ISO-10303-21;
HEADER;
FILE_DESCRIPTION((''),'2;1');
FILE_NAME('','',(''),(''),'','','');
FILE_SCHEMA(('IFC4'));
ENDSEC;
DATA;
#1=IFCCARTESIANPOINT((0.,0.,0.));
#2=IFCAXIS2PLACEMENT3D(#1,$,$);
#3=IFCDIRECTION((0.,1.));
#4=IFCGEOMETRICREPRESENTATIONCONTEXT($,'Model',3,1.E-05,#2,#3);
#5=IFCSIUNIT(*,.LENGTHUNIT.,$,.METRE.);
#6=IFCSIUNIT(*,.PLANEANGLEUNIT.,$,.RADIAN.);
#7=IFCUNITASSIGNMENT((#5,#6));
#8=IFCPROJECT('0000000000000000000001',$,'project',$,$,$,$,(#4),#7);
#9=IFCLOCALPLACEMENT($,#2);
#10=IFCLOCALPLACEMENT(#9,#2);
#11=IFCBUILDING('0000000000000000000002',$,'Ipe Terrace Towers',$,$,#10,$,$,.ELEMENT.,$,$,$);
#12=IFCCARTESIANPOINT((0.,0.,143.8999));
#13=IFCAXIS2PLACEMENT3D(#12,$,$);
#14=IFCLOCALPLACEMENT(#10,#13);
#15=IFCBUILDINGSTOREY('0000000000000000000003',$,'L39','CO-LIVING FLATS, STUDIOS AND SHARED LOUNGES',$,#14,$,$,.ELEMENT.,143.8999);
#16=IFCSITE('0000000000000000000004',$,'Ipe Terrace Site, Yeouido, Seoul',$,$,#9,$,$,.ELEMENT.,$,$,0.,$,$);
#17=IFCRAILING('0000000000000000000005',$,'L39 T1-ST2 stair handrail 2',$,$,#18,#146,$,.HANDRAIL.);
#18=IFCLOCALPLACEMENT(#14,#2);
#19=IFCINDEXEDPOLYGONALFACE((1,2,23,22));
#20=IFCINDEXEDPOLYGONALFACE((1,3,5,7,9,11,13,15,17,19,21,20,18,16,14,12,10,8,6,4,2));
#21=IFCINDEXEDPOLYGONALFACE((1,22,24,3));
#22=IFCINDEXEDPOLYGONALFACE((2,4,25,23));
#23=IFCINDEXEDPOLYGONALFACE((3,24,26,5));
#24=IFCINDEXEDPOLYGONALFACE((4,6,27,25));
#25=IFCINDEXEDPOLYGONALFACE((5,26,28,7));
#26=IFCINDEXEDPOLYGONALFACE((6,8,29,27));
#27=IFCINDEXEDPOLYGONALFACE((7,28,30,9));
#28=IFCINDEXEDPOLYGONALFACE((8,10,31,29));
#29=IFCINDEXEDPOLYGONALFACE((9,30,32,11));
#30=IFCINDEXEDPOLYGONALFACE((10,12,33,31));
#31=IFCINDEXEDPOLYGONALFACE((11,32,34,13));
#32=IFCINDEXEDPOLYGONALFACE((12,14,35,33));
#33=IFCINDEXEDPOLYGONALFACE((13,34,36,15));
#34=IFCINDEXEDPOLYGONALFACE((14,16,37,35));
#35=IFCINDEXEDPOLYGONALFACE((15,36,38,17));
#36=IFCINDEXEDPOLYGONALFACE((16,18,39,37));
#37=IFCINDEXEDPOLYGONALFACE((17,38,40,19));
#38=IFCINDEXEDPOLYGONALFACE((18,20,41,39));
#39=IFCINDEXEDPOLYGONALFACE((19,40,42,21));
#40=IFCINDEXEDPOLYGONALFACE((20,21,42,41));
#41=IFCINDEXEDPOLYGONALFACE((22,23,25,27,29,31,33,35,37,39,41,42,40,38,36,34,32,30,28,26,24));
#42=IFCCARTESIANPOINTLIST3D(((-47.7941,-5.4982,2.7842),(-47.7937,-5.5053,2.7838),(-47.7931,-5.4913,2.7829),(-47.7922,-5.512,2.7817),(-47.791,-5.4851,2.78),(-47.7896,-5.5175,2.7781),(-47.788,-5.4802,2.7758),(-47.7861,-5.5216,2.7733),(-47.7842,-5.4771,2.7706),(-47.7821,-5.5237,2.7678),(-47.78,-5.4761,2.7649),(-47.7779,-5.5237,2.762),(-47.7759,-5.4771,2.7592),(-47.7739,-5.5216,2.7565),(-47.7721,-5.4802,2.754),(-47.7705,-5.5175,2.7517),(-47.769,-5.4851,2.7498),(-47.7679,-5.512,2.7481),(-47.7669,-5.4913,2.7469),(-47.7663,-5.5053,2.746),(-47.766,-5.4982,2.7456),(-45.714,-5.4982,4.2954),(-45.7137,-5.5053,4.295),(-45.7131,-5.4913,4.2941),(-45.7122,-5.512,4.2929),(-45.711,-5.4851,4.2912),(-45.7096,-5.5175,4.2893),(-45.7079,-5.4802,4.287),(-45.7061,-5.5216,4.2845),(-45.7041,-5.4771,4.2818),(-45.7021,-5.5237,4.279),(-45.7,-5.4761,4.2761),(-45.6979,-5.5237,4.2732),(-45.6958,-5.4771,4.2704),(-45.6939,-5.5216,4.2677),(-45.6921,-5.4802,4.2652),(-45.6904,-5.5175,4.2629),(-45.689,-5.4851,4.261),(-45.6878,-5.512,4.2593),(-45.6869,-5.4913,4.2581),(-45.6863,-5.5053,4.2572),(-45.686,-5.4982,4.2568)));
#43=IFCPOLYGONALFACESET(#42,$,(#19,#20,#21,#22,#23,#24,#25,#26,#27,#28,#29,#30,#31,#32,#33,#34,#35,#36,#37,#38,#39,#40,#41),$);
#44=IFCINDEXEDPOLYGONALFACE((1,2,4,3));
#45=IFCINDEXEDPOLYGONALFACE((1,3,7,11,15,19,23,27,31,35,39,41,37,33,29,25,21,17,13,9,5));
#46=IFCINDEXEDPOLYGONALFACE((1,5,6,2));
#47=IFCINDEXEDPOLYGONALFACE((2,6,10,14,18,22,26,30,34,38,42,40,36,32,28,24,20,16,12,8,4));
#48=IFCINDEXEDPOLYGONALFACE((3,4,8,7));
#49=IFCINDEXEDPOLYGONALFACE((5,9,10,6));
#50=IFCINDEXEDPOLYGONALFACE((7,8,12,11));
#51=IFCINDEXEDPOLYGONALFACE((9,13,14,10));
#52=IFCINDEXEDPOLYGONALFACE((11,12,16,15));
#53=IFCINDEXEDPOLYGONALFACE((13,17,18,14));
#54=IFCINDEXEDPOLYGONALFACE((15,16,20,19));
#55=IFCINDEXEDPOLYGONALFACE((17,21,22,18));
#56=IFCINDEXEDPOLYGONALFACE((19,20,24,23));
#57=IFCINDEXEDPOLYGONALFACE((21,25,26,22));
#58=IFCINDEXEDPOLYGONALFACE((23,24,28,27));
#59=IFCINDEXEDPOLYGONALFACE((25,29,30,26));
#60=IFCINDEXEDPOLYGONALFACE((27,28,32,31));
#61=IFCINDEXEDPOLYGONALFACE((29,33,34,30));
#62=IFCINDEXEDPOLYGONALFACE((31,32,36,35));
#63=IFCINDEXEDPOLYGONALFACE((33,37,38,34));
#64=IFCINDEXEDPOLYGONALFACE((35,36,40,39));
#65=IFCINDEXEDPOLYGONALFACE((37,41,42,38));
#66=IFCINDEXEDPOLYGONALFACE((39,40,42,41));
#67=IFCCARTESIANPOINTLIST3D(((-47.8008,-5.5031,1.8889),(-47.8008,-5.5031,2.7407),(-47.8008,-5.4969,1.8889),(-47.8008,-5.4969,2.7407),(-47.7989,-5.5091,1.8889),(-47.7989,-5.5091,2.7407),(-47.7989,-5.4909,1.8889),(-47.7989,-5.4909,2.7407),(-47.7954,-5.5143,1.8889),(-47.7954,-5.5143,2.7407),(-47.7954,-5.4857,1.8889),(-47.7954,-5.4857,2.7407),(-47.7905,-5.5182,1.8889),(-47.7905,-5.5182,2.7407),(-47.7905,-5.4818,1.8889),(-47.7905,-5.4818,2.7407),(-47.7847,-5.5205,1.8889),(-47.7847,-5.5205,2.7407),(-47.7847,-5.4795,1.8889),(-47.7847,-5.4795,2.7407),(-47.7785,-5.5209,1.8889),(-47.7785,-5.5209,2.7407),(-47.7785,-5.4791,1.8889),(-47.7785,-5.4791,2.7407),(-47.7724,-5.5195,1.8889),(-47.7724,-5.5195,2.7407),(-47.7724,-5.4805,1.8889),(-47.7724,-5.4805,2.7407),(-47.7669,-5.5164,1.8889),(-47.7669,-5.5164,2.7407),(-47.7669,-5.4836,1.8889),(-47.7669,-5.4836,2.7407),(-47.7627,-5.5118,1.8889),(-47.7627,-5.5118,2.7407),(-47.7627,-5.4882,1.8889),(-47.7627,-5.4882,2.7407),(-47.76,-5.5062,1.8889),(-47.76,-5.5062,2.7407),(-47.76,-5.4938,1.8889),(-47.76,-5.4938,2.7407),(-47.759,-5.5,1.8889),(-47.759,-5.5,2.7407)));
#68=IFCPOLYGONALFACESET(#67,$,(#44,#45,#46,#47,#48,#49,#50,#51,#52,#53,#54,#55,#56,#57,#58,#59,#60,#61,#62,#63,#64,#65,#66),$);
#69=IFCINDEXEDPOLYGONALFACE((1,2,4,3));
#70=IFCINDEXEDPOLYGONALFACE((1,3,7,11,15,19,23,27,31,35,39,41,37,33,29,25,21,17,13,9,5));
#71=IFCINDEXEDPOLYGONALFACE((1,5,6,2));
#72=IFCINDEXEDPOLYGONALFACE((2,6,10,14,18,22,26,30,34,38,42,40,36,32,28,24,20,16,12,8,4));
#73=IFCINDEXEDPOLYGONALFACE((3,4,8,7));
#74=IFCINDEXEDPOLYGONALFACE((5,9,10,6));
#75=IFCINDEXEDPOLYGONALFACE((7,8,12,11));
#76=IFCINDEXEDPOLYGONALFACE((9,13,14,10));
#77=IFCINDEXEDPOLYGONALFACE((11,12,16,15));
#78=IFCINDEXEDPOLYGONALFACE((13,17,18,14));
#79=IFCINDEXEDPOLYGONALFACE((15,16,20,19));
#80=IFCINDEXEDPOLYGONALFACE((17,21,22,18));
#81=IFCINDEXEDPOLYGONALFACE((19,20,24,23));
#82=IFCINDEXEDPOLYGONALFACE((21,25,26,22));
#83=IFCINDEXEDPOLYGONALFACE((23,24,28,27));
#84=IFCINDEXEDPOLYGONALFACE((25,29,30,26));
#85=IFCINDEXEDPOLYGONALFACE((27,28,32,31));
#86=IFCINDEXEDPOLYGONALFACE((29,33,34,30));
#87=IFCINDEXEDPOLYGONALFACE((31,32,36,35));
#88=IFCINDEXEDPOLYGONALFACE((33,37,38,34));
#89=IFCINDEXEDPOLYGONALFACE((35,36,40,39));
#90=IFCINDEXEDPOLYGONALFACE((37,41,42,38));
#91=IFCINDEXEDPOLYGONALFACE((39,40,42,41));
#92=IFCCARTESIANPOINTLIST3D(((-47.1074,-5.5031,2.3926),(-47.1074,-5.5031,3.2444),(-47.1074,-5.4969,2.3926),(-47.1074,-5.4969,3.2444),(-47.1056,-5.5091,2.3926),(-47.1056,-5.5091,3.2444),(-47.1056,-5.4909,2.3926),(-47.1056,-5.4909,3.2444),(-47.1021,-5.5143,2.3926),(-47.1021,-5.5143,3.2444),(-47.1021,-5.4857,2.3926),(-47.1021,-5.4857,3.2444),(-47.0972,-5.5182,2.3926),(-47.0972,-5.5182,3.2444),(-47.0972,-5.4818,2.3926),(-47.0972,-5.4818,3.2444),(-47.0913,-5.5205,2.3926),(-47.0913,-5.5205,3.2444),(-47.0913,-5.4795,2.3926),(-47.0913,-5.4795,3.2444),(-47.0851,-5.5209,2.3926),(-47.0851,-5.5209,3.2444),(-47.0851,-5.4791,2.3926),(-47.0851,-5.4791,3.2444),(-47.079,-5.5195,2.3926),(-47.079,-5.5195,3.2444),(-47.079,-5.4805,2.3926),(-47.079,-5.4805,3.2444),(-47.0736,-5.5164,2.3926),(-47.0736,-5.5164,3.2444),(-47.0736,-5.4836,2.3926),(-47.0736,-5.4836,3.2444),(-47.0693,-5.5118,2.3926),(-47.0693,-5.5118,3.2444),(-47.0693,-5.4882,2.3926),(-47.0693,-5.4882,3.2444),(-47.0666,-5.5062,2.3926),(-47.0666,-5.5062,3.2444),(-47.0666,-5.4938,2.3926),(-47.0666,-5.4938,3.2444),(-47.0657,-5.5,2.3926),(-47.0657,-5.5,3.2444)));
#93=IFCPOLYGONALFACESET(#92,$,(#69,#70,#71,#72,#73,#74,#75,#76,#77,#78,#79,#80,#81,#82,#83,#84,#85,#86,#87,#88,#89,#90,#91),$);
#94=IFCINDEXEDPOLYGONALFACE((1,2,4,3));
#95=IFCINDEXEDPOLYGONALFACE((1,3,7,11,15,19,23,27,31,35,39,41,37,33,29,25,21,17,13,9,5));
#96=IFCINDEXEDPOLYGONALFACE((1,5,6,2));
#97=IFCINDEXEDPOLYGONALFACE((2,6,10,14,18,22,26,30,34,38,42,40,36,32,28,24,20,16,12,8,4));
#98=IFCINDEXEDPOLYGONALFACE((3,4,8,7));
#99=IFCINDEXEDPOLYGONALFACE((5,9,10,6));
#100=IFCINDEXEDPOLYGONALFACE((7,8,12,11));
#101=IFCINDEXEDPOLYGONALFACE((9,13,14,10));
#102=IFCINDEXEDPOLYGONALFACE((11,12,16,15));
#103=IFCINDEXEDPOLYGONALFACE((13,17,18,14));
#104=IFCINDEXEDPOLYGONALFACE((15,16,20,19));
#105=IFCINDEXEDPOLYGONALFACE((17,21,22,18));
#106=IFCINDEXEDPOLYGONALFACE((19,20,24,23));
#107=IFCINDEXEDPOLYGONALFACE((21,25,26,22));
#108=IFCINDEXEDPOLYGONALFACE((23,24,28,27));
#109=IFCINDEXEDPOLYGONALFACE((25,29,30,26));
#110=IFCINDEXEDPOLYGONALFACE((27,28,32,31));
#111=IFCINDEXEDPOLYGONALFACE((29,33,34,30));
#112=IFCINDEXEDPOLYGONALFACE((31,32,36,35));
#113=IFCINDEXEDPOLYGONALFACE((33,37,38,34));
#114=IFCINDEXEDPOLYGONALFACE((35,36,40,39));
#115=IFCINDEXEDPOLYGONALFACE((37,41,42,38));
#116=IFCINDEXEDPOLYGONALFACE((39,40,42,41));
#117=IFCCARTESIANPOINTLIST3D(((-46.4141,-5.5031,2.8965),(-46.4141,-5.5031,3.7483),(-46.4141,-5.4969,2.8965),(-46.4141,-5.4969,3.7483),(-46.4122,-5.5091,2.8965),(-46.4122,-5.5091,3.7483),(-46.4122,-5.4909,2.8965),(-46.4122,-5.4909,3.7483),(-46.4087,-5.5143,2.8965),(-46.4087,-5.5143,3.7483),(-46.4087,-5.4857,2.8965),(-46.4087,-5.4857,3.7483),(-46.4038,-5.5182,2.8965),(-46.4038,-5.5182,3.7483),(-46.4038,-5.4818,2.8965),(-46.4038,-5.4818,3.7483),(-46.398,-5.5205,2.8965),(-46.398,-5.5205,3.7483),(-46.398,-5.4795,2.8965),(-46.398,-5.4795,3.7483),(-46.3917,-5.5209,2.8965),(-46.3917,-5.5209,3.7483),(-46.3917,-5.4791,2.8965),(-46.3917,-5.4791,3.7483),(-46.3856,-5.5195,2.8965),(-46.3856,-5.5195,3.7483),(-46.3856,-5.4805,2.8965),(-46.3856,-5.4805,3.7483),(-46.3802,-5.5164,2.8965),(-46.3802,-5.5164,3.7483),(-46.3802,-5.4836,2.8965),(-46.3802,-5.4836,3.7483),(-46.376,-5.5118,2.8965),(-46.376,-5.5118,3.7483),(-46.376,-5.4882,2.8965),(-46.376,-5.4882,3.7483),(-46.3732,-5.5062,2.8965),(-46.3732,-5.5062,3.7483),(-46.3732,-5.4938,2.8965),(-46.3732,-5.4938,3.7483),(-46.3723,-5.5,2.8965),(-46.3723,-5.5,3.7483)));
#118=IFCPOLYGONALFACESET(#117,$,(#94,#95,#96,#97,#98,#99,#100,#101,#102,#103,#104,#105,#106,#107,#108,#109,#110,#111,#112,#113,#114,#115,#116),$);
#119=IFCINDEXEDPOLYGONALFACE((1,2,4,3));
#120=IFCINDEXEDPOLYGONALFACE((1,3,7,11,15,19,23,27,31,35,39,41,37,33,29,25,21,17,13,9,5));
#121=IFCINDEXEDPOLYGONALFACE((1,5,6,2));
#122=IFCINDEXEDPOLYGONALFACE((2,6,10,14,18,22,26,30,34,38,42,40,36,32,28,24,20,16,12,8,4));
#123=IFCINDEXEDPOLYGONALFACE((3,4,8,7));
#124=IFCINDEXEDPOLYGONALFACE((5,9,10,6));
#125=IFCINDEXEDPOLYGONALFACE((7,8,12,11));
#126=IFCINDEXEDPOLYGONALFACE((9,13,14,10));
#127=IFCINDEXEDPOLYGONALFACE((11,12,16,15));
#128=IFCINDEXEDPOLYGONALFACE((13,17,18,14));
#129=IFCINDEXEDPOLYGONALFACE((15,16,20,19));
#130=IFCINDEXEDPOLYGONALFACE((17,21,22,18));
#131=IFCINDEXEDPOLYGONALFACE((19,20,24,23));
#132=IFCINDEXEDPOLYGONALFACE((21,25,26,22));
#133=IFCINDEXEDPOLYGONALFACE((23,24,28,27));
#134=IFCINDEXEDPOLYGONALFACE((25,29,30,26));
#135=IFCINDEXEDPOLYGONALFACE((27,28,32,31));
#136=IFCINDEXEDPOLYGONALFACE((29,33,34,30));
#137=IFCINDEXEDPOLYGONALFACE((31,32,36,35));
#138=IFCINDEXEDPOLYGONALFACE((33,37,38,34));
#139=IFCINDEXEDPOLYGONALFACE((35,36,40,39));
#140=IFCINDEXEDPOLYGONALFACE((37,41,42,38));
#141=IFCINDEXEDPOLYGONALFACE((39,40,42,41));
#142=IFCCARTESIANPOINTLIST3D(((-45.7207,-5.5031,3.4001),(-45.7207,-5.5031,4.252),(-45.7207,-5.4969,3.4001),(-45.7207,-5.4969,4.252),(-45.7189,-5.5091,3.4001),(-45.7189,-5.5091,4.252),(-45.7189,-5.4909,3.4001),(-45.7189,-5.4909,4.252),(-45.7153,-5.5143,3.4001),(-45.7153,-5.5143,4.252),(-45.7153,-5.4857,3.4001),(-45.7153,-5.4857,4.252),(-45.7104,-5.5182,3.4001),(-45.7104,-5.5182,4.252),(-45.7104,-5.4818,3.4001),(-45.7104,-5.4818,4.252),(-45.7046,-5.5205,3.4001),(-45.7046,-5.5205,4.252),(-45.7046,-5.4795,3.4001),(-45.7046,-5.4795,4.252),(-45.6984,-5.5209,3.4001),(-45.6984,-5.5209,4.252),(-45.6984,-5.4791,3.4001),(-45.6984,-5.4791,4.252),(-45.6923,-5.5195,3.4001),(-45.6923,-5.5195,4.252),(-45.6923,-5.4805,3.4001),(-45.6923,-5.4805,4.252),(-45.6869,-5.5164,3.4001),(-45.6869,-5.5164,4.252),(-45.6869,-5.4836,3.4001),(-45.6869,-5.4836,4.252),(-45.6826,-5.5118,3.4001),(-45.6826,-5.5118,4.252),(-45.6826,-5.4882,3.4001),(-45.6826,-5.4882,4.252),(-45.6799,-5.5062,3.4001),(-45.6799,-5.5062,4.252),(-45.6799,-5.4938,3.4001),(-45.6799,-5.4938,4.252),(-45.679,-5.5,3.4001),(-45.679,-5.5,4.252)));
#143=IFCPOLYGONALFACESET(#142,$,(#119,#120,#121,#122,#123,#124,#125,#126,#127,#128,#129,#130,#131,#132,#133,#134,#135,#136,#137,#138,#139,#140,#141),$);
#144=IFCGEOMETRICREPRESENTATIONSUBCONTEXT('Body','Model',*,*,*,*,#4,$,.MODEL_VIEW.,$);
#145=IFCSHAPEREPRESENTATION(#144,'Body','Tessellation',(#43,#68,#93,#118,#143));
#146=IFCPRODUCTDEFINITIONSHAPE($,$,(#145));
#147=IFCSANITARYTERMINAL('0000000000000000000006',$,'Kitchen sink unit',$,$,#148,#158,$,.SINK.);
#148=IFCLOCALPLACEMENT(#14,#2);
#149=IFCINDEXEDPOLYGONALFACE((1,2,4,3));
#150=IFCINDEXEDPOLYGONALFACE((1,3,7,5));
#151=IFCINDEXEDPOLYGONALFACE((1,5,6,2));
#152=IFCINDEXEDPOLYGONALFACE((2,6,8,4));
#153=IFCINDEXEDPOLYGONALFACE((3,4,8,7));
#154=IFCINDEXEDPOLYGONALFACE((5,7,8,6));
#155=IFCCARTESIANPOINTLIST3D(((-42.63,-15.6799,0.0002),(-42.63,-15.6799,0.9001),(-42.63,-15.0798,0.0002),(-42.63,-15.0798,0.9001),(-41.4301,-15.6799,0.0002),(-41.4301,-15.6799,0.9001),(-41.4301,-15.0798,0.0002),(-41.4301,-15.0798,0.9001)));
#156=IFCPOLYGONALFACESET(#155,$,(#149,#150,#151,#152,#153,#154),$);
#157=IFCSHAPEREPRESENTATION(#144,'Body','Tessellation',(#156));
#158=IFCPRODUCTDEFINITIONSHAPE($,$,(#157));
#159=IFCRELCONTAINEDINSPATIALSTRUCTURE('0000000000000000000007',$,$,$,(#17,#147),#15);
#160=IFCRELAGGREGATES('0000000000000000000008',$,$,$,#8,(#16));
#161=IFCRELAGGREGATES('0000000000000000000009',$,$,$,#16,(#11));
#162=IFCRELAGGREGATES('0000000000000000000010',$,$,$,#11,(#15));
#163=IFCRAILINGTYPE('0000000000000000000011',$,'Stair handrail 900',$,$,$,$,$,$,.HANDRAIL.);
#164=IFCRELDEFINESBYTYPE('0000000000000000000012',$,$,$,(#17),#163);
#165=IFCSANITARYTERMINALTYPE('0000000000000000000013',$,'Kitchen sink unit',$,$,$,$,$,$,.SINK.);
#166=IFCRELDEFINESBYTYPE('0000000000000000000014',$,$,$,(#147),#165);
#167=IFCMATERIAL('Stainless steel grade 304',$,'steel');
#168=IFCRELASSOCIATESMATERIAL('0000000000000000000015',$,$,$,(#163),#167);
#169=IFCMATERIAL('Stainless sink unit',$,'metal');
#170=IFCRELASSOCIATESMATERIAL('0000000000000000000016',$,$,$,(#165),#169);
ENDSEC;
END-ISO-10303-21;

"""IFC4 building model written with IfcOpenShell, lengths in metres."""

from ifc_helpers import new_model, si_unit, direction, frame, origin, origin_2d, place, context, subcontext, project, spatial, rectangle, circle, extrude, material, type_object, element, save


model = new_model("IFC4")

# Units and contexts
model_context = context("Model", 3, precision=1e-05, world=origin(), true_north=direction((0.0, 1.0)))
body_context = subcontext(model_context, "Body", "Model", "MODEL_VIEW")
ifc_project = project(units=[si_unit("LENGTHUNIT", "METRE"), si_unit("PLANEANGLEUNIT", "RADIAN")], contexts=[model_context])

# Site, building, storey
site_placement = place(None, origin())
site = spatial("IfcSite", under=ifc_project, at=site_placement, Name="Ipe Terrace Site, Yeouido, Seoul", CompositionType="ELEMENT", RefElevation=0.0)
building_placement = place(site_placement, origin())
building = spatial("IfcBuilding", under=site, at=building_placement, Name="Ipe Terrace Towers", CompositionType="ELEMENT")
storey_placement = place(building_placement, frame((0.0, 0.0, 143.8999)))
storey = spatial("IfcBuildingStorey", under=building, at=storey_placement, Name="L39", Description="CO-LIVING FLATS, STUDIOS AND SHARED LOUNGES", CompositionType="ELEMENT", Elevation=143.8999)

# Railing
ifc_material_1 = material(Name="Stainless steel grade 304", Category="steel")
railing_type_1 = type_object("IfcRailingType", Name="Stair handrail 900", PredefinedType="HANDRAIL", material=ifc_material_1)
railing_1_placement = place(storey_placement, frame((-47.78, -5.5, 1.8889)))
element("IfcRailing", 1, at=railing_1_placement, inside=storey, type_object=railing_type_1, Name="L39 T1-ST2 stair handrail 2", PredefinedType="HANDRAIL", context=body_context, shape_type="SweptSolid", body=[
    extrude(circle(Radius=0.0239, at=origin_2d()), frame((0.0, 0.0, 0.876), z_axis=(0.809023, 0.0, 0.587776), x_axis=(0.0, 1.0, 0.0)), (0.0, 0.0, 1.0), 2.571),
    extrude(circle(Radius=0.021, at=origin_2d()), origin(), (0.0, 0.0, 1.0), 0.8518),
    extrude(circle(Radius=0.021, at=origin_2d()), frame((0.6934, 0.0, 0.5037)), (0.0, 0.0, 1.0), 0.8518),
    extrude(circle(Radius=0.021, at=origin_2d()), frame((1.3867, 0.0, 1.0076)), (0.0, 0.0, 1.0), 0.8518),
    extrude(circle(Radius=0.021, at=origin_2d()), frame((2.0801, 0.0, 1.5112)), (0.0, 0.0, 1.0), 0.8518),
])

# Sanitary terminal
ifc_material_2 = material(Name="Stainless sink unit", Category="metal")
sanitary_terminal_type = type_object("IfcSanitaryTerminalType", Name="Kitchen sink unit", PredefinedType="SINK", material=ifc_material_2)
sanitary_terminal_placement = place(storey_placement, frame((-42.03, -15.3799, 0.0002), z_axis=(0.0, 0.0, 1.0), x_axis=(-1.0, 0.0, 0.0)))
element("IfcSanitaryTerminal", 2, at=sanitary_terminal_placement, inside=storey, type_object=sanitary_terminal_type, Name="Kitchen sink unit", PredefinedType="SINK", context=body_context, shape_type="SweptSolid", body=[
    extrude(rectangle(XDim=1.2, YDim=0.6001, at=origin_2d()), origin(), (0.0, 0.0, 1.0), 0.8999),
])

save(model, "model.ifc")
